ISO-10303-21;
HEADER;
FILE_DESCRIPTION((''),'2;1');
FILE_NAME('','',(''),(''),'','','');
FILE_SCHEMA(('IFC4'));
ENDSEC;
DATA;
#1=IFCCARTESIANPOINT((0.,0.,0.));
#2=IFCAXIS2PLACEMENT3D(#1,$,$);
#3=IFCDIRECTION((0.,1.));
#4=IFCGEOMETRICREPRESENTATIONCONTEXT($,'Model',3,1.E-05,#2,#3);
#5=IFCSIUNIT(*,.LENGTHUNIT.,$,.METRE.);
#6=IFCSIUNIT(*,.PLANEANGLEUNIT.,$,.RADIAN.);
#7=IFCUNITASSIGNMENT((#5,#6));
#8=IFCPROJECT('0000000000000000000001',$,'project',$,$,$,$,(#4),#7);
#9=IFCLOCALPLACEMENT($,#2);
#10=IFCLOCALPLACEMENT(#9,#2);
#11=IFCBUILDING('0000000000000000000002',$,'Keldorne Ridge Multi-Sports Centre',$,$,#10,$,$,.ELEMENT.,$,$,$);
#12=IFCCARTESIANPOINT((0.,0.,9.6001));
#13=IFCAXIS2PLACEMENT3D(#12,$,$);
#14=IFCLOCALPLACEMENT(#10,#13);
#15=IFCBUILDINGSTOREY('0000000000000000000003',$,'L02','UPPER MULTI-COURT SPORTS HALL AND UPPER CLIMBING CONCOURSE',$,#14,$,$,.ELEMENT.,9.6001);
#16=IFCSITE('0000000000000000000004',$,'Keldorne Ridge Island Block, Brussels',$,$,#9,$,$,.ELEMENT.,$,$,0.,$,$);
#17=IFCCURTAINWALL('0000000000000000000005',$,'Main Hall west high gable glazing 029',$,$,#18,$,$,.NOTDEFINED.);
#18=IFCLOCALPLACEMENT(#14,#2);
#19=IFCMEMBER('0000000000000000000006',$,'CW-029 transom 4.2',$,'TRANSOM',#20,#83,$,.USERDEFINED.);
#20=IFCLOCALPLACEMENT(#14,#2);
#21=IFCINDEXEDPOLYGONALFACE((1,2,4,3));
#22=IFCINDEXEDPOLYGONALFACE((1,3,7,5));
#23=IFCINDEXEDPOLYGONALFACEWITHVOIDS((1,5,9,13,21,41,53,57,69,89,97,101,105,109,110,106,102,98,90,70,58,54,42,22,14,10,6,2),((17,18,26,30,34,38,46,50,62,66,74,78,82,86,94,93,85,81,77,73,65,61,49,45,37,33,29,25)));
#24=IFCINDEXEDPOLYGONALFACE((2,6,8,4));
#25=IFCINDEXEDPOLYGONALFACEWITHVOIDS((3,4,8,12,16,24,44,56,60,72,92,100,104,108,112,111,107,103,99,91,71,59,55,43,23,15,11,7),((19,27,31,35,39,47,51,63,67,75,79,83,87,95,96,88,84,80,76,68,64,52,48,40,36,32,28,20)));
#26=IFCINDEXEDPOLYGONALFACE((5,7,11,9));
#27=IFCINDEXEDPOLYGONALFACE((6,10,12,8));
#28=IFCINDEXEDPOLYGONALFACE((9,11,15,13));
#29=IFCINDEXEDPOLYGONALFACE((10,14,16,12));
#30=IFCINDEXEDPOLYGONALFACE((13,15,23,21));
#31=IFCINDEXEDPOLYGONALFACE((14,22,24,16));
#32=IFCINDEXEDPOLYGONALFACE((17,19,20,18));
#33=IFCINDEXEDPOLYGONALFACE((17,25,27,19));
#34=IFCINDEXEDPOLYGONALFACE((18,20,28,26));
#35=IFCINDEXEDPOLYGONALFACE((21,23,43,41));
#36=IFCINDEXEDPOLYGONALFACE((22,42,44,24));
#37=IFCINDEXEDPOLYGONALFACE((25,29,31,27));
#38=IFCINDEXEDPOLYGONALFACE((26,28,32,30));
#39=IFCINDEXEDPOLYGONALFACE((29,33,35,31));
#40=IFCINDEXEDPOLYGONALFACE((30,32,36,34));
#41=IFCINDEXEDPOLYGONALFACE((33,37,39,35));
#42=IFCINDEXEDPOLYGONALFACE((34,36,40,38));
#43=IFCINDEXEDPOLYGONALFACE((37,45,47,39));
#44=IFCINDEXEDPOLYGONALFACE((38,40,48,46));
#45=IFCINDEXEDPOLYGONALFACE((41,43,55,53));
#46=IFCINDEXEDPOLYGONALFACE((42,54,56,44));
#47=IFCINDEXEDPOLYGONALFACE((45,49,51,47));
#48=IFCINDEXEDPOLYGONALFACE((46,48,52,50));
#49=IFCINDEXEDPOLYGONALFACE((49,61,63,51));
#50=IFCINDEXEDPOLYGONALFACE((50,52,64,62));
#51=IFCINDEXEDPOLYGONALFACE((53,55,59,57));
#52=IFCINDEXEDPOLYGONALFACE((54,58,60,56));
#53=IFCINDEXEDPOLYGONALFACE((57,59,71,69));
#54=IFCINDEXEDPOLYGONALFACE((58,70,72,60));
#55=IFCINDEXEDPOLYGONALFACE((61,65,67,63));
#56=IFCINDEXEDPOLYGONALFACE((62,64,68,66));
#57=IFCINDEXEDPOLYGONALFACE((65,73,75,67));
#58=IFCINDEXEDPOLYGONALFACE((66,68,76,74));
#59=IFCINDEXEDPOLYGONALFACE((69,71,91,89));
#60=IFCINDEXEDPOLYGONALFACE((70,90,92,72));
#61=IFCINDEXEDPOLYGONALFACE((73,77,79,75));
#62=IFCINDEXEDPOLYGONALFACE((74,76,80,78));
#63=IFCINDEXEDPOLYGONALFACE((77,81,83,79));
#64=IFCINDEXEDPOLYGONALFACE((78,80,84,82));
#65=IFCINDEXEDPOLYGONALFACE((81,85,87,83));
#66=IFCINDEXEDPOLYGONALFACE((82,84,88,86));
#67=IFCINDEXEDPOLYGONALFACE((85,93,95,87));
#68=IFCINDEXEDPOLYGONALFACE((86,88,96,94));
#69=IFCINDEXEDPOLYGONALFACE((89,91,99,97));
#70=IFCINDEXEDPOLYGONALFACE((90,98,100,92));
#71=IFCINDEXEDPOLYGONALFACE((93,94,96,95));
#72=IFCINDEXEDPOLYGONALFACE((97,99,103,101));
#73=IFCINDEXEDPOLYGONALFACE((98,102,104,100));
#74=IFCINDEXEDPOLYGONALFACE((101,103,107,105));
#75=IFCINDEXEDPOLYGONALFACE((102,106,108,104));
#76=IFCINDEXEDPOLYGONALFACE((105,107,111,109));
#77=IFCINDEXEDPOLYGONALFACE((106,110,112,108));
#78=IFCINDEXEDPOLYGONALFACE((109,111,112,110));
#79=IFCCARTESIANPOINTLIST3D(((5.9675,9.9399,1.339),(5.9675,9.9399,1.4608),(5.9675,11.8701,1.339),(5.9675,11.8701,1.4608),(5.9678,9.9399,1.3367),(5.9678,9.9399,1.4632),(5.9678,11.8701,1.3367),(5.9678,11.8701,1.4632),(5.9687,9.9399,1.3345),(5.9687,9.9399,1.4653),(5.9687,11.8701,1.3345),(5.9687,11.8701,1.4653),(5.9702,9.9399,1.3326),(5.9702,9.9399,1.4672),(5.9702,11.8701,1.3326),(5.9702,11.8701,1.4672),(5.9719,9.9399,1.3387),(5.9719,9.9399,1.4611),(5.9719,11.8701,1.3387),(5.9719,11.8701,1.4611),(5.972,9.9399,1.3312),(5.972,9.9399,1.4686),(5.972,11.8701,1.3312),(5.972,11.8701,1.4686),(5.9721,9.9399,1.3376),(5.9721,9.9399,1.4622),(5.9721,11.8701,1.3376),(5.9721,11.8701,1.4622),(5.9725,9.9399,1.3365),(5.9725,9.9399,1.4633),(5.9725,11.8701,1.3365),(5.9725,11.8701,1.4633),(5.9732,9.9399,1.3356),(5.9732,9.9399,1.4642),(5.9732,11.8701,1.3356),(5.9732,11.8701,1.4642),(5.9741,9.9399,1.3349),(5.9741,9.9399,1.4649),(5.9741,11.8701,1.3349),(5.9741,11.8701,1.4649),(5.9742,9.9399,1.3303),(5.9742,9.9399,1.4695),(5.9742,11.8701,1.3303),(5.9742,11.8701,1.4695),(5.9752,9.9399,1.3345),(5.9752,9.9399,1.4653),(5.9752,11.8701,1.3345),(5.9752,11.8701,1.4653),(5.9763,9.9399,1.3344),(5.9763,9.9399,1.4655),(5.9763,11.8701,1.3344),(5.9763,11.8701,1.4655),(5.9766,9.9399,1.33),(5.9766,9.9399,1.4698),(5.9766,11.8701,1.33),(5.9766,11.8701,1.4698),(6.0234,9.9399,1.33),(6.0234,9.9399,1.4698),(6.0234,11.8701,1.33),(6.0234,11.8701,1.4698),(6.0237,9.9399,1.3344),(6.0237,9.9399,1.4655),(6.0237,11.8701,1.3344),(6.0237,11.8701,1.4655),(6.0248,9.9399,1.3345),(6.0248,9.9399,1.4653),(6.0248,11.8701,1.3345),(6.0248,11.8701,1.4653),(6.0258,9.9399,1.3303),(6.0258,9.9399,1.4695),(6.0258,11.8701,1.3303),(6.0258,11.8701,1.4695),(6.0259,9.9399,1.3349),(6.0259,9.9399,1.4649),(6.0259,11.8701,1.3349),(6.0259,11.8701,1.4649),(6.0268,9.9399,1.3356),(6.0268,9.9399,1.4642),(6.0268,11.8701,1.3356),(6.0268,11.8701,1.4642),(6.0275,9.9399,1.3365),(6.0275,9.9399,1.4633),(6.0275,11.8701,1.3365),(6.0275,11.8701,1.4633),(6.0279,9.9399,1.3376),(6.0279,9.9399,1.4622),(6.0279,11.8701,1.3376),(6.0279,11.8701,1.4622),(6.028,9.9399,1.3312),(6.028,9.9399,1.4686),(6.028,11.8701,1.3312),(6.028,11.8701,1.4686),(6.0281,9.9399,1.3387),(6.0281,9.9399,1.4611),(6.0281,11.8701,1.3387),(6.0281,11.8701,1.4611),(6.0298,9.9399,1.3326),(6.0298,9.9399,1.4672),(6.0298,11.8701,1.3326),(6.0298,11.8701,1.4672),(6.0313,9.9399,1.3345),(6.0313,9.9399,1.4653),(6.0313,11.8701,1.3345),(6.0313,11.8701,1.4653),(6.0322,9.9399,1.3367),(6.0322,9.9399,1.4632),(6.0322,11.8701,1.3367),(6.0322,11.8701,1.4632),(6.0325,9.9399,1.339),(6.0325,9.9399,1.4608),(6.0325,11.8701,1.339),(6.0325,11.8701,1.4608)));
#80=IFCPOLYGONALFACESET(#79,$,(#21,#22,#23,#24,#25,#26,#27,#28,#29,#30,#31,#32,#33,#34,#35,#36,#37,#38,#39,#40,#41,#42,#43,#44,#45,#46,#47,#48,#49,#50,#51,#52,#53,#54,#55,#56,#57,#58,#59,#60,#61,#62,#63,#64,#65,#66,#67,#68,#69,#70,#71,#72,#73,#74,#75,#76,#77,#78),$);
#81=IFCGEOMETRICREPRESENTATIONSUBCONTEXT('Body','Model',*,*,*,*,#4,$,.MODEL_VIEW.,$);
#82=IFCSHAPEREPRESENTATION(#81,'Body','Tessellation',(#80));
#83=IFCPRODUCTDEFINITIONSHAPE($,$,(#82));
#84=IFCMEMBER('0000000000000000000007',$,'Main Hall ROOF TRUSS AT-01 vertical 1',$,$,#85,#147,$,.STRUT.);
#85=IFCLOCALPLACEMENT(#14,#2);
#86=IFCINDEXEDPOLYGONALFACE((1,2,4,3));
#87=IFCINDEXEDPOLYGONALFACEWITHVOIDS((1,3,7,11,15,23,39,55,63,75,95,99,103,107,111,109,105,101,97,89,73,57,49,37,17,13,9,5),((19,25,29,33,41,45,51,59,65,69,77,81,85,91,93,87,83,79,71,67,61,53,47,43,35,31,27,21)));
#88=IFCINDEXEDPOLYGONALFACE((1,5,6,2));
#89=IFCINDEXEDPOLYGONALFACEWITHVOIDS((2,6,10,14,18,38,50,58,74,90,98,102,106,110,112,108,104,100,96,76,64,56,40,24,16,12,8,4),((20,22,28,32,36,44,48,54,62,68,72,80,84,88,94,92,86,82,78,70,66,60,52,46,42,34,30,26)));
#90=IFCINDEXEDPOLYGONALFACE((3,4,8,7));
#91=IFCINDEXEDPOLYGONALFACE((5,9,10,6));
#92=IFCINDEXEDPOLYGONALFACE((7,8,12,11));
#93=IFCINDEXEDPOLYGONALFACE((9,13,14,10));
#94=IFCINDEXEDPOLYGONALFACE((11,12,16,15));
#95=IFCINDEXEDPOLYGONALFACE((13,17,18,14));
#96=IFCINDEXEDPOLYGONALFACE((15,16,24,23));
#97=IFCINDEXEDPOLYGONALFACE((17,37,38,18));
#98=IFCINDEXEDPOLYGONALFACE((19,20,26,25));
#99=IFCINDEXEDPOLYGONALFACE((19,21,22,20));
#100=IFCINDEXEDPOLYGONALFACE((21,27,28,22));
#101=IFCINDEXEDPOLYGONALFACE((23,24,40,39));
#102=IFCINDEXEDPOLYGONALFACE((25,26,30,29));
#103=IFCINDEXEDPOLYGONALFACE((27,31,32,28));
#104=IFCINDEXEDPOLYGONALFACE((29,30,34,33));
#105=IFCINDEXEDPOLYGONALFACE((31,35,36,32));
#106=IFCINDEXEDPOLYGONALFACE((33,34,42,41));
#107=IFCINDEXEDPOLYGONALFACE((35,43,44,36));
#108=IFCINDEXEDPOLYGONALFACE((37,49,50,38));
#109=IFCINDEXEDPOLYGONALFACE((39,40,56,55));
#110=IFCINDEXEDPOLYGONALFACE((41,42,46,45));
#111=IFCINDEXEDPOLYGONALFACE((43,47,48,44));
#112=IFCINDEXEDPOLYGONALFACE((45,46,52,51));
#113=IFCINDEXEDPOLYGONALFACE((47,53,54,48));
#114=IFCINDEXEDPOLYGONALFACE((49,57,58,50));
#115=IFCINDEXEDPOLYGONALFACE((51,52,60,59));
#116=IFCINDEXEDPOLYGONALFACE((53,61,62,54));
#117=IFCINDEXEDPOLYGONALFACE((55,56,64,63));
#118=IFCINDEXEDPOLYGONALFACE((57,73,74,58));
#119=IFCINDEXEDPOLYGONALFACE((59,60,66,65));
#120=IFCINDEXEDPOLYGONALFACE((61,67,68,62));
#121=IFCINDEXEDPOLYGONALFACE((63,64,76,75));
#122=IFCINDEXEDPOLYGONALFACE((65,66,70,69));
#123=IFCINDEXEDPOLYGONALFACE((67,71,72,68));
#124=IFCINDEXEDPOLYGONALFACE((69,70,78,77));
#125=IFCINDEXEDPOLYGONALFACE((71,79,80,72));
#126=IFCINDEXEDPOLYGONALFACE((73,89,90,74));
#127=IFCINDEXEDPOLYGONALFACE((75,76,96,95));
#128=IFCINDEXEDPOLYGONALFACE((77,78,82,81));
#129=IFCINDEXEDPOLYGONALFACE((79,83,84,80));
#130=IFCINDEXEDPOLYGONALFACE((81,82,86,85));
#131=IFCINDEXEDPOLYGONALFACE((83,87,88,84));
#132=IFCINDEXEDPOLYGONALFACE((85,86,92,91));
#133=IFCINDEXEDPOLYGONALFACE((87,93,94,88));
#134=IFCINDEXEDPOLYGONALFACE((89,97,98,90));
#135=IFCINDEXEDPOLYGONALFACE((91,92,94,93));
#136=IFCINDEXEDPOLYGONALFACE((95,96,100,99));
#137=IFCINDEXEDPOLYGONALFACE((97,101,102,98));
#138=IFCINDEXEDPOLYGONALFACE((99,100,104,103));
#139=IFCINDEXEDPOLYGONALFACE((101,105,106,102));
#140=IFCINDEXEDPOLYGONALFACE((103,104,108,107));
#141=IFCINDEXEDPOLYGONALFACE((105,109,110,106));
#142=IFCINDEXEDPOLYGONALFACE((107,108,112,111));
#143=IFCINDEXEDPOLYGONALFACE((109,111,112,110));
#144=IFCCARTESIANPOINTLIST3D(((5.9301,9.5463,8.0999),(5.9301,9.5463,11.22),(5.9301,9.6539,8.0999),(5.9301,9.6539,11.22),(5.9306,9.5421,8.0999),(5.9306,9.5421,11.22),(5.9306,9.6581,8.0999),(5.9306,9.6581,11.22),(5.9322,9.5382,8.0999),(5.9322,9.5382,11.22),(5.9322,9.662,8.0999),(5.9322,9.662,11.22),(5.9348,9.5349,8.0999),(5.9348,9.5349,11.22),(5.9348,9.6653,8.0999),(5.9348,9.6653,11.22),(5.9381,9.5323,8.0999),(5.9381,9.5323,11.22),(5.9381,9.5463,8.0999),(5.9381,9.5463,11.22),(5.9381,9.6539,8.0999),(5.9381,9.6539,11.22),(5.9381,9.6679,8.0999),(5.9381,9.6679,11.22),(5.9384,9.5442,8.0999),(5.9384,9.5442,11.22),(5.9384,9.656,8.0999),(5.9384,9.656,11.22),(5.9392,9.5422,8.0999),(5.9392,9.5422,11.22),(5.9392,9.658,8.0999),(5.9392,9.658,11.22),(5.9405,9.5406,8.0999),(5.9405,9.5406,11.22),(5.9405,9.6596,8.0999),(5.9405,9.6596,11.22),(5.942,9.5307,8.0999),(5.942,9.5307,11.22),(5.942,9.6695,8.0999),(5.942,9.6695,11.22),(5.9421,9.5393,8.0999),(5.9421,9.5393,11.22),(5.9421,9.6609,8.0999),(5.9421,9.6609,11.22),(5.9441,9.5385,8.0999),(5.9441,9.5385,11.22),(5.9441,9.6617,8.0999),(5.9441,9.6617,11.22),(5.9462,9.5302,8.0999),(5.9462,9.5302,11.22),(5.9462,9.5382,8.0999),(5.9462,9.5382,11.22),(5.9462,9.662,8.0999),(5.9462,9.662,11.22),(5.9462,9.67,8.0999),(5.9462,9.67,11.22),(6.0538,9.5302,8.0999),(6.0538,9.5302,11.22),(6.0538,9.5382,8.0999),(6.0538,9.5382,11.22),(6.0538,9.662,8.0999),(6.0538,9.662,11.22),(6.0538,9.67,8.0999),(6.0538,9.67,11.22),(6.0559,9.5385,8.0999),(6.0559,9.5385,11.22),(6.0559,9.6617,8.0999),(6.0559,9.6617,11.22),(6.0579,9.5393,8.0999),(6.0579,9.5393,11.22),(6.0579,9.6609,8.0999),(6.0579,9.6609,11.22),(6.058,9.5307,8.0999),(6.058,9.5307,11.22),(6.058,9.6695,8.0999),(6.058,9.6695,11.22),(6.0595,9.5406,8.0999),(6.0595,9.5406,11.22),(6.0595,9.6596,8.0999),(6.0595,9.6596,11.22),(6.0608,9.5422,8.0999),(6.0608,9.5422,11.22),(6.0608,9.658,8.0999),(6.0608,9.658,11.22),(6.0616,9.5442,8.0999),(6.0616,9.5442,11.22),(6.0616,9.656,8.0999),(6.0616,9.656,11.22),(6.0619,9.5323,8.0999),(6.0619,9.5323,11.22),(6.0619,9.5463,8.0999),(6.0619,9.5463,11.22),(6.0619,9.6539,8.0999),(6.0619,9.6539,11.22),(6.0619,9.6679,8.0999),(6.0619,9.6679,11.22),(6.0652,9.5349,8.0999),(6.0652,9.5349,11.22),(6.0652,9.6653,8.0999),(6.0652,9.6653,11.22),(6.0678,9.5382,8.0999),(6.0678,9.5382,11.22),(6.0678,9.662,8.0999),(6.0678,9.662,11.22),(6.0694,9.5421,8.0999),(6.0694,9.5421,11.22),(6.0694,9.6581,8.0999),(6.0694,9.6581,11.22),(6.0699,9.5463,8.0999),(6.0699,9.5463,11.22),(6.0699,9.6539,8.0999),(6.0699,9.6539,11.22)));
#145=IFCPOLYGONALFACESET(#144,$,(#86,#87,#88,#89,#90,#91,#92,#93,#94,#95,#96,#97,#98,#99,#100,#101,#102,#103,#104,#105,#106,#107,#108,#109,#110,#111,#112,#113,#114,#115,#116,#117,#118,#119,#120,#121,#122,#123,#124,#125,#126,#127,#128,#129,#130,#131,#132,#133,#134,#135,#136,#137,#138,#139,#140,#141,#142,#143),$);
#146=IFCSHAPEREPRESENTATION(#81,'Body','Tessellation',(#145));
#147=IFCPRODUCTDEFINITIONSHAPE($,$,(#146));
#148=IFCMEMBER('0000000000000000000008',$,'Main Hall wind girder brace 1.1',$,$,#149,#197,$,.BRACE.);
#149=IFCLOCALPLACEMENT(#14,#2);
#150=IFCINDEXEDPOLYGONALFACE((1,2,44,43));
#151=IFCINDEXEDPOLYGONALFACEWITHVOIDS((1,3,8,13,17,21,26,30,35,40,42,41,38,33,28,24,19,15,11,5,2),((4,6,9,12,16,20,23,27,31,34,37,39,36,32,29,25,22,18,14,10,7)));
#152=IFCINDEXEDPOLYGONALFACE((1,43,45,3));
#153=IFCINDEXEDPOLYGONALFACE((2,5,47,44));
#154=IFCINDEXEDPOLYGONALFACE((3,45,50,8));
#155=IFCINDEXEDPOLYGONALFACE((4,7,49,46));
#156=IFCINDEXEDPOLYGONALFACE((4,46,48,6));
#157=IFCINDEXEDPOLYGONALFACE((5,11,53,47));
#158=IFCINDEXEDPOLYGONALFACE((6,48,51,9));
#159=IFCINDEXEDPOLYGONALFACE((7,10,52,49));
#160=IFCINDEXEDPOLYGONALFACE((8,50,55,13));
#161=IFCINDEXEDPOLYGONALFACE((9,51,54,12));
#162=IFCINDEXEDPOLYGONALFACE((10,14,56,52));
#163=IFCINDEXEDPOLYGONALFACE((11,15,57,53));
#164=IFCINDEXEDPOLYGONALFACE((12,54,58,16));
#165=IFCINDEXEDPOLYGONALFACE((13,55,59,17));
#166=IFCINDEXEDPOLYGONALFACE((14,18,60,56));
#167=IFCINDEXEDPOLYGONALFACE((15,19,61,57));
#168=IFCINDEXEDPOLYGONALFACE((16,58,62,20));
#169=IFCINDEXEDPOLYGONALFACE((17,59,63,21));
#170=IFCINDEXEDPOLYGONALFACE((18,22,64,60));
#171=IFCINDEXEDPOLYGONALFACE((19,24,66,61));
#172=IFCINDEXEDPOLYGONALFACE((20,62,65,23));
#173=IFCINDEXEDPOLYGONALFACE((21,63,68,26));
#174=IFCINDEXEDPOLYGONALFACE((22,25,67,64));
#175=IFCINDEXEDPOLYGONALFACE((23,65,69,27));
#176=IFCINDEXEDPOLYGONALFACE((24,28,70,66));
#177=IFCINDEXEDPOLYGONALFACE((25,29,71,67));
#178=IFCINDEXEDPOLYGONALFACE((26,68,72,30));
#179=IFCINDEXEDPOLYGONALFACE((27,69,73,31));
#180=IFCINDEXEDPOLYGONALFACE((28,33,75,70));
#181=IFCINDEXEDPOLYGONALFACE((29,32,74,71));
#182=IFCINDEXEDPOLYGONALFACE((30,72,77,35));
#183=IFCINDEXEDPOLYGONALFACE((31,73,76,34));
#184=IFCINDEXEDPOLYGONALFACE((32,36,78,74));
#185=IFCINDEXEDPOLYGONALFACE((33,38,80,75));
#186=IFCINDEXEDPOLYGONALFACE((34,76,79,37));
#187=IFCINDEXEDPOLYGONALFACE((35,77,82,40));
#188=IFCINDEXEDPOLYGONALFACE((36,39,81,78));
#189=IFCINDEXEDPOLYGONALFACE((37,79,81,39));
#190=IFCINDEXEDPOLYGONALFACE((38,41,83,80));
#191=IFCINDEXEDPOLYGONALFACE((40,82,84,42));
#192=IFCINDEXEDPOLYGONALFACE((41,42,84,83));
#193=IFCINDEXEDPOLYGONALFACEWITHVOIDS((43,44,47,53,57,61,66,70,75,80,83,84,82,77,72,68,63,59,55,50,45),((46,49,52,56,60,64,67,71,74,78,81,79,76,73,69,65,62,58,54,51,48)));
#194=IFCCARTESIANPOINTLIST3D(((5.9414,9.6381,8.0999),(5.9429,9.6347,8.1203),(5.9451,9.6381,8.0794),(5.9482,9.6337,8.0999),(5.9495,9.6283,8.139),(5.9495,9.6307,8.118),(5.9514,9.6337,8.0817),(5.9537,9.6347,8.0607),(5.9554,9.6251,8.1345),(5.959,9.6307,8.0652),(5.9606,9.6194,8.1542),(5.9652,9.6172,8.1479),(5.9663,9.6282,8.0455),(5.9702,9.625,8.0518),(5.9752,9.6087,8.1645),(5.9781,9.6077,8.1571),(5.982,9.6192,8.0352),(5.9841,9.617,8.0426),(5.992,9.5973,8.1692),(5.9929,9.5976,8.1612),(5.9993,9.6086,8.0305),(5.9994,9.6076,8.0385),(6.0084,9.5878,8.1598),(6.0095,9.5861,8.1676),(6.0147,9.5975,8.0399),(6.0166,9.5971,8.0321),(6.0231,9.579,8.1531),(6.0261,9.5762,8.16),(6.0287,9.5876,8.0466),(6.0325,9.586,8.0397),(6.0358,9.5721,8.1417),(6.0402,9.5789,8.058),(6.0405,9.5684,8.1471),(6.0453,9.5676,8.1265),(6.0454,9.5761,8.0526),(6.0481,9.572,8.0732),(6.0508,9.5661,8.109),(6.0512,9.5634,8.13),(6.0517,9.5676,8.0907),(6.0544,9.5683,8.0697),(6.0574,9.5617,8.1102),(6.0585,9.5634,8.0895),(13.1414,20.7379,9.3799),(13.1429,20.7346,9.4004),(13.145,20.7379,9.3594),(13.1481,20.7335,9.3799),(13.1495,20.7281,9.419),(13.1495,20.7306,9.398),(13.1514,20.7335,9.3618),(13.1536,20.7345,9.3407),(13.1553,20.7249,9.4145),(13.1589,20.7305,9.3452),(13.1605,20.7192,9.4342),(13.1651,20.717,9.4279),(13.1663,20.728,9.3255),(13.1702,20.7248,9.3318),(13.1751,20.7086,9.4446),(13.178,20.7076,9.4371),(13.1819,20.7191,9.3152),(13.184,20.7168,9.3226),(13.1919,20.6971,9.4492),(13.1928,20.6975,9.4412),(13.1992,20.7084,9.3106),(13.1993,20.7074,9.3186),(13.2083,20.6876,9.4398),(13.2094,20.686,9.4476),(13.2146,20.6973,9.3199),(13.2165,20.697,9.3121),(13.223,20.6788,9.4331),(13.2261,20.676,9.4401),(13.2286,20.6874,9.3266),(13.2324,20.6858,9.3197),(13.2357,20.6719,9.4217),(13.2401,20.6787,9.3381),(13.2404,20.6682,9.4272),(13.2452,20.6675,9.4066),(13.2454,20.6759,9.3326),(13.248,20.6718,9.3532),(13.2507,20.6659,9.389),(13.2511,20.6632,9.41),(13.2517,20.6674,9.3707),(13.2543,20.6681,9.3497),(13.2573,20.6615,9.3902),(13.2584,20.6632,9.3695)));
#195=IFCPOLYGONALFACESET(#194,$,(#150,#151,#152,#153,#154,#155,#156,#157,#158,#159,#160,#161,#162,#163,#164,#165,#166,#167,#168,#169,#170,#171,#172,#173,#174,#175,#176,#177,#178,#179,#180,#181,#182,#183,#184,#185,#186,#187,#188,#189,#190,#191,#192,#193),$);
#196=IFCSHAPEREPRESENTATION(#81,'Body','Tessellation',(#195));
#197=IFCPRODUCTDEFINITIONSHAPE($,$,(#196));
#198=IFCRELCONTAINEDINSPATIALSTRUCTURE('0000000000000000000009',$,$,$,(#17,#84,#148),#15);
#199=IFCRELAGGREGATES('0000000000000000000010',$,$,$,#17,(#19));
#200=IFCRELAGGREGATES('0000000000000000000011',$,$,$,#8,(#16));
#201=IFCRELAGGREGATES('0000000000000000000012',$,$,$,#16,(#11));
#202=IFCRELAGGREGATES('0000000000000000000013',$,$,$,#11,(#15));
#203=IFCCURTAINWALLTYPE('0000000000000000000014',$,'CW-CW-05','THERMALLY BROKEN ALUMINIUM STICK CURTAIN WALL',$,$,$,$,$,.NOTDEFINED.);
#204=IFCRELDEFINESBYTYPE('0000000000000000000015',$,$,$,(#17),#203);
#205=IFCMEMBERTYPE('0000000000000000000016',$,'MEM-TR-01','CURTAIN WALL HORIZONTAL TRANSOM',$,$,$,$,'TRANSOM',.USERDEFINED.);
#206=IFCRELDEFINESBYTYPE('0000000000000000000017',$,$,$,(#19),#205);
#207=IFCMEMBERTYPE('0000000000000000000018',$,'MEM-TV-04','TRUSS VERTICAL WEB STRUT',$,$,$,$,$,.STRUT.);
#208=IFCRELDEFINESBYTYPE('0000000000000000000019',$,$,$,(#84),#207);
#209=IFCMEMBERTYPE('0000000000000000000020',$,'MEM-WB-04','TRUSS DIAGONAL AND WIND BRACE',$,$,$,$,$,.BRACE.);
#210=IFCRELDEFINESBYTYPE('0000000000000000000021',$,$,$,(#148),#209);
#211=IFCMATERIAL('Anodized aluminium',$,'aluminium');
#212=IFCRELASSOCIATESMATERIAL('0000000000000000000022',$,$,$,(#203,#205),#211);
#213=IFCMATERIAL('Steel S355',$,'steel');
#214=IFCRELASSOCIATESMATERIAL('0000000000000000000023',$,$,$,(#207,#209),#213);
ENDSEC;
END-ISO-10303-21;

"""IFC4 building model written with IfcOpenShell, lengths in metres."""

from ifc_helpers import new_model, si_unit, direction, frame, origin, origin_2d, place, context, subcontext, project, spatial, hollow_rectangle, hollow_circle, extrude, material, material_profile, profile_set, type_object, element, aggregate, save


model = new_model("IFC4")

# Units and contexts
model_context = context("Model", 3, precision=1e-05, world=origin(), true_north=direction((0.0, 1.0)))
body_context = subcontext(model_context, "Body", "Model", "MODEL_VIEW")
ifc_project = project(units=[si_unit("LENGTHUNIT", "METRE"), si_unit("PLANEANGLEUNIT", "RADIAN")], contexts=[model_context])

# Site, building, storey
site_placement = place(None, origin())
site = spatial("IfcSite", under=ifc_project, at=site_placement, Name="Keldorne Ridge Island Block, Brussels", CompositionType="ELEMENT", RefElevation=0.0)
building_placement = place(site_placement, origin())
building = spatial("IfcBuilding", under=site, at=building_placement, Name="Keldorne Ridge Multi-Sports Centre", CompositionType="ELEMENT")
storey_placement = place(building_placement, frame((0.0, 0.0, 9.6001)))
storey = spatial("IfcBuildingStorey", under=building, at=storey_placement, Name="L02", Description="UPPER MULTI-COURT SPORTS HALL AND UPPER CLIMBING CONCOURSE", CompositionType="ELEMENT", Elevation=9.6001)

# Shared definitions
ifc_material_1 = material(Name="Steel S355", Category="steel")

# Shared definitions
ifc_material_2 = material(Name="Anodized aluminium", Category="aluminium")

# Curtain wall
curtain_wall_type_1 = type_object("IfcCurtainWallType", Name="CW-CW-05", Description="THERMALLY BROKEN ALUMINIUM STICK CURTAIN WALL", PredefinedType="NOTDEFINED", material=ifc_material_2)
curtain_wall_1_placement = place(storey_placement, origin())
curtain_wall_1 = element("IfcCurtainWall", 1, at=curtain_wall_1_placement, inside=storey, type_object=curtain_wall_type_1, Name="Main Hall west high gable glazing 029", PredefinedType="NOTDEFINED")

# Member
ifc_material_profile_1 = material_profile(ifc_material_2, hollow_rectangle(XDim=0.0649, YDim=0.1399, WallThickness=0.0044, InnerFilletRadius=0.0044, OuterFilletRadius=0.009, at=origin_2d()), Name="ALU TRANSOM 140x65x4.5")
ifc_profile_set_1 = profile_set([ifc_material_profile_1], Name="Anodized aluminium")
member_type_1 = type_object("IfcMemberType", Name="MEM-TR-01", Description="CURTAIN WALL HORIZONTAL TRANSOM", ElementType="TRANSOM", PredefinedType="USERDEFINED", material=ifc_profile_set_1)
member_1_placement = place(storey_placement, frame((6.0, 11.8701, 1.3999), z_axis=(0.0, -1.0, 0.0), x_axis=(1.0, 0.0, 0.0)))
member_1 = element("IfcMember", 2, at=member_1_placement, type_object=member_type_1, Name="CW-029 transom 4.2", ObjectType="TRANSOM", PredefinedType="USERDEFINED", context=body_context, shape_type="SweptSolid", body=[
    extrude(hollow_rectangle(XDim=0.0649, YDim=0.1399, WallThickness=0.0044, InnerFilletRadius=0.0044, OuterFilletRadius=0.009, at=origin_2d()), origin(), (0.0, 0.0, 1.0), 1.9302),
])

# Members
ifc_material_profile_2 = material_profile(ifc_material_1, hollow_rectangle(XDim=0.1399, YDim=0.1399, WallThickness=0.0081, InnerFilletRadius=0.0081, OuterFilletRadius=0.0161, at=origin_2d()), Name="SHS 140x140x8")
ifc_profile_set_2 = profile_set([ifc_material_profile_2], Name="Steel S355")
member_type_2 = type_object("IfcMemberType", Name="MEM-TV-04", Description="TRUSS VERTICAL WEB STRUT", PredefinedType="STRUT", material=ifc_profile_set_2)
member_2_placement = place(storey_placement, frame((6.0, 9.6001, 8.0999), z_axis=(0.0, 0.0, 1.0), x_axis=(1.0, 0.0, 0.0)))
element("IfcMember", 3, at=member_2_placement, inside=storey, type_object=member_type_2, Name="Main Hall ROOF TRUSS AT-01 vertical 1", PredefinedType="STRUT", context=body_context, shape_type="SweptSolid", body=[
    extrude(hollow_rectangle(XDim=0.1399, YDim=0.1399, WallThickness=0.0081, InnerFilletRadius=0.0081, OuterFilletRadius=0.0161, at=origin_2d()), origin(), (0.0, 0.0, 1.0), 3.1201),
])
ifc_material_profile_3 = material_profile(ifc_material_1, hollow_circle(Radius=0.0698, WallThickness=0.0081, at=origin_2d()), Name="CHS 139.7x8")
ifc_profile_set_3 = profile_set([ifc_material_profile_3], Name="Steel S355")
member_type_3 = type_object("IfcMemberType", Name="MEM-WB-04", Description="TRUSS DIAGONAL AND WIND BRACE", PredefinedType="BRACE", material=ifc_profile_set_3)
member_3_placement = place(storey_placement, frame((6.0, 9.6001, 8.0999), z_axis=(0.541664, 0.835061, 0.096299), x_axis=(-0.83896, 0.544194, 0.0)))
element("IfcMember", 4, at=member_3_placement, inside=storey, type_object=member_type_3, Name="Main Hall wind girder brace 1.1", PredefinedType="BRACE", context=body_context, shape_type="SweptSolid", body=[
    extrude(hollow_circle(Radius=0.0698, WallThickness=0.0081, at=origin_2d()), origin(), (0.0, 0.0, 1.0), 13.2922),
])

aggregate(curtain_wall_1, [member_1])

save(model, "model.ifc")
